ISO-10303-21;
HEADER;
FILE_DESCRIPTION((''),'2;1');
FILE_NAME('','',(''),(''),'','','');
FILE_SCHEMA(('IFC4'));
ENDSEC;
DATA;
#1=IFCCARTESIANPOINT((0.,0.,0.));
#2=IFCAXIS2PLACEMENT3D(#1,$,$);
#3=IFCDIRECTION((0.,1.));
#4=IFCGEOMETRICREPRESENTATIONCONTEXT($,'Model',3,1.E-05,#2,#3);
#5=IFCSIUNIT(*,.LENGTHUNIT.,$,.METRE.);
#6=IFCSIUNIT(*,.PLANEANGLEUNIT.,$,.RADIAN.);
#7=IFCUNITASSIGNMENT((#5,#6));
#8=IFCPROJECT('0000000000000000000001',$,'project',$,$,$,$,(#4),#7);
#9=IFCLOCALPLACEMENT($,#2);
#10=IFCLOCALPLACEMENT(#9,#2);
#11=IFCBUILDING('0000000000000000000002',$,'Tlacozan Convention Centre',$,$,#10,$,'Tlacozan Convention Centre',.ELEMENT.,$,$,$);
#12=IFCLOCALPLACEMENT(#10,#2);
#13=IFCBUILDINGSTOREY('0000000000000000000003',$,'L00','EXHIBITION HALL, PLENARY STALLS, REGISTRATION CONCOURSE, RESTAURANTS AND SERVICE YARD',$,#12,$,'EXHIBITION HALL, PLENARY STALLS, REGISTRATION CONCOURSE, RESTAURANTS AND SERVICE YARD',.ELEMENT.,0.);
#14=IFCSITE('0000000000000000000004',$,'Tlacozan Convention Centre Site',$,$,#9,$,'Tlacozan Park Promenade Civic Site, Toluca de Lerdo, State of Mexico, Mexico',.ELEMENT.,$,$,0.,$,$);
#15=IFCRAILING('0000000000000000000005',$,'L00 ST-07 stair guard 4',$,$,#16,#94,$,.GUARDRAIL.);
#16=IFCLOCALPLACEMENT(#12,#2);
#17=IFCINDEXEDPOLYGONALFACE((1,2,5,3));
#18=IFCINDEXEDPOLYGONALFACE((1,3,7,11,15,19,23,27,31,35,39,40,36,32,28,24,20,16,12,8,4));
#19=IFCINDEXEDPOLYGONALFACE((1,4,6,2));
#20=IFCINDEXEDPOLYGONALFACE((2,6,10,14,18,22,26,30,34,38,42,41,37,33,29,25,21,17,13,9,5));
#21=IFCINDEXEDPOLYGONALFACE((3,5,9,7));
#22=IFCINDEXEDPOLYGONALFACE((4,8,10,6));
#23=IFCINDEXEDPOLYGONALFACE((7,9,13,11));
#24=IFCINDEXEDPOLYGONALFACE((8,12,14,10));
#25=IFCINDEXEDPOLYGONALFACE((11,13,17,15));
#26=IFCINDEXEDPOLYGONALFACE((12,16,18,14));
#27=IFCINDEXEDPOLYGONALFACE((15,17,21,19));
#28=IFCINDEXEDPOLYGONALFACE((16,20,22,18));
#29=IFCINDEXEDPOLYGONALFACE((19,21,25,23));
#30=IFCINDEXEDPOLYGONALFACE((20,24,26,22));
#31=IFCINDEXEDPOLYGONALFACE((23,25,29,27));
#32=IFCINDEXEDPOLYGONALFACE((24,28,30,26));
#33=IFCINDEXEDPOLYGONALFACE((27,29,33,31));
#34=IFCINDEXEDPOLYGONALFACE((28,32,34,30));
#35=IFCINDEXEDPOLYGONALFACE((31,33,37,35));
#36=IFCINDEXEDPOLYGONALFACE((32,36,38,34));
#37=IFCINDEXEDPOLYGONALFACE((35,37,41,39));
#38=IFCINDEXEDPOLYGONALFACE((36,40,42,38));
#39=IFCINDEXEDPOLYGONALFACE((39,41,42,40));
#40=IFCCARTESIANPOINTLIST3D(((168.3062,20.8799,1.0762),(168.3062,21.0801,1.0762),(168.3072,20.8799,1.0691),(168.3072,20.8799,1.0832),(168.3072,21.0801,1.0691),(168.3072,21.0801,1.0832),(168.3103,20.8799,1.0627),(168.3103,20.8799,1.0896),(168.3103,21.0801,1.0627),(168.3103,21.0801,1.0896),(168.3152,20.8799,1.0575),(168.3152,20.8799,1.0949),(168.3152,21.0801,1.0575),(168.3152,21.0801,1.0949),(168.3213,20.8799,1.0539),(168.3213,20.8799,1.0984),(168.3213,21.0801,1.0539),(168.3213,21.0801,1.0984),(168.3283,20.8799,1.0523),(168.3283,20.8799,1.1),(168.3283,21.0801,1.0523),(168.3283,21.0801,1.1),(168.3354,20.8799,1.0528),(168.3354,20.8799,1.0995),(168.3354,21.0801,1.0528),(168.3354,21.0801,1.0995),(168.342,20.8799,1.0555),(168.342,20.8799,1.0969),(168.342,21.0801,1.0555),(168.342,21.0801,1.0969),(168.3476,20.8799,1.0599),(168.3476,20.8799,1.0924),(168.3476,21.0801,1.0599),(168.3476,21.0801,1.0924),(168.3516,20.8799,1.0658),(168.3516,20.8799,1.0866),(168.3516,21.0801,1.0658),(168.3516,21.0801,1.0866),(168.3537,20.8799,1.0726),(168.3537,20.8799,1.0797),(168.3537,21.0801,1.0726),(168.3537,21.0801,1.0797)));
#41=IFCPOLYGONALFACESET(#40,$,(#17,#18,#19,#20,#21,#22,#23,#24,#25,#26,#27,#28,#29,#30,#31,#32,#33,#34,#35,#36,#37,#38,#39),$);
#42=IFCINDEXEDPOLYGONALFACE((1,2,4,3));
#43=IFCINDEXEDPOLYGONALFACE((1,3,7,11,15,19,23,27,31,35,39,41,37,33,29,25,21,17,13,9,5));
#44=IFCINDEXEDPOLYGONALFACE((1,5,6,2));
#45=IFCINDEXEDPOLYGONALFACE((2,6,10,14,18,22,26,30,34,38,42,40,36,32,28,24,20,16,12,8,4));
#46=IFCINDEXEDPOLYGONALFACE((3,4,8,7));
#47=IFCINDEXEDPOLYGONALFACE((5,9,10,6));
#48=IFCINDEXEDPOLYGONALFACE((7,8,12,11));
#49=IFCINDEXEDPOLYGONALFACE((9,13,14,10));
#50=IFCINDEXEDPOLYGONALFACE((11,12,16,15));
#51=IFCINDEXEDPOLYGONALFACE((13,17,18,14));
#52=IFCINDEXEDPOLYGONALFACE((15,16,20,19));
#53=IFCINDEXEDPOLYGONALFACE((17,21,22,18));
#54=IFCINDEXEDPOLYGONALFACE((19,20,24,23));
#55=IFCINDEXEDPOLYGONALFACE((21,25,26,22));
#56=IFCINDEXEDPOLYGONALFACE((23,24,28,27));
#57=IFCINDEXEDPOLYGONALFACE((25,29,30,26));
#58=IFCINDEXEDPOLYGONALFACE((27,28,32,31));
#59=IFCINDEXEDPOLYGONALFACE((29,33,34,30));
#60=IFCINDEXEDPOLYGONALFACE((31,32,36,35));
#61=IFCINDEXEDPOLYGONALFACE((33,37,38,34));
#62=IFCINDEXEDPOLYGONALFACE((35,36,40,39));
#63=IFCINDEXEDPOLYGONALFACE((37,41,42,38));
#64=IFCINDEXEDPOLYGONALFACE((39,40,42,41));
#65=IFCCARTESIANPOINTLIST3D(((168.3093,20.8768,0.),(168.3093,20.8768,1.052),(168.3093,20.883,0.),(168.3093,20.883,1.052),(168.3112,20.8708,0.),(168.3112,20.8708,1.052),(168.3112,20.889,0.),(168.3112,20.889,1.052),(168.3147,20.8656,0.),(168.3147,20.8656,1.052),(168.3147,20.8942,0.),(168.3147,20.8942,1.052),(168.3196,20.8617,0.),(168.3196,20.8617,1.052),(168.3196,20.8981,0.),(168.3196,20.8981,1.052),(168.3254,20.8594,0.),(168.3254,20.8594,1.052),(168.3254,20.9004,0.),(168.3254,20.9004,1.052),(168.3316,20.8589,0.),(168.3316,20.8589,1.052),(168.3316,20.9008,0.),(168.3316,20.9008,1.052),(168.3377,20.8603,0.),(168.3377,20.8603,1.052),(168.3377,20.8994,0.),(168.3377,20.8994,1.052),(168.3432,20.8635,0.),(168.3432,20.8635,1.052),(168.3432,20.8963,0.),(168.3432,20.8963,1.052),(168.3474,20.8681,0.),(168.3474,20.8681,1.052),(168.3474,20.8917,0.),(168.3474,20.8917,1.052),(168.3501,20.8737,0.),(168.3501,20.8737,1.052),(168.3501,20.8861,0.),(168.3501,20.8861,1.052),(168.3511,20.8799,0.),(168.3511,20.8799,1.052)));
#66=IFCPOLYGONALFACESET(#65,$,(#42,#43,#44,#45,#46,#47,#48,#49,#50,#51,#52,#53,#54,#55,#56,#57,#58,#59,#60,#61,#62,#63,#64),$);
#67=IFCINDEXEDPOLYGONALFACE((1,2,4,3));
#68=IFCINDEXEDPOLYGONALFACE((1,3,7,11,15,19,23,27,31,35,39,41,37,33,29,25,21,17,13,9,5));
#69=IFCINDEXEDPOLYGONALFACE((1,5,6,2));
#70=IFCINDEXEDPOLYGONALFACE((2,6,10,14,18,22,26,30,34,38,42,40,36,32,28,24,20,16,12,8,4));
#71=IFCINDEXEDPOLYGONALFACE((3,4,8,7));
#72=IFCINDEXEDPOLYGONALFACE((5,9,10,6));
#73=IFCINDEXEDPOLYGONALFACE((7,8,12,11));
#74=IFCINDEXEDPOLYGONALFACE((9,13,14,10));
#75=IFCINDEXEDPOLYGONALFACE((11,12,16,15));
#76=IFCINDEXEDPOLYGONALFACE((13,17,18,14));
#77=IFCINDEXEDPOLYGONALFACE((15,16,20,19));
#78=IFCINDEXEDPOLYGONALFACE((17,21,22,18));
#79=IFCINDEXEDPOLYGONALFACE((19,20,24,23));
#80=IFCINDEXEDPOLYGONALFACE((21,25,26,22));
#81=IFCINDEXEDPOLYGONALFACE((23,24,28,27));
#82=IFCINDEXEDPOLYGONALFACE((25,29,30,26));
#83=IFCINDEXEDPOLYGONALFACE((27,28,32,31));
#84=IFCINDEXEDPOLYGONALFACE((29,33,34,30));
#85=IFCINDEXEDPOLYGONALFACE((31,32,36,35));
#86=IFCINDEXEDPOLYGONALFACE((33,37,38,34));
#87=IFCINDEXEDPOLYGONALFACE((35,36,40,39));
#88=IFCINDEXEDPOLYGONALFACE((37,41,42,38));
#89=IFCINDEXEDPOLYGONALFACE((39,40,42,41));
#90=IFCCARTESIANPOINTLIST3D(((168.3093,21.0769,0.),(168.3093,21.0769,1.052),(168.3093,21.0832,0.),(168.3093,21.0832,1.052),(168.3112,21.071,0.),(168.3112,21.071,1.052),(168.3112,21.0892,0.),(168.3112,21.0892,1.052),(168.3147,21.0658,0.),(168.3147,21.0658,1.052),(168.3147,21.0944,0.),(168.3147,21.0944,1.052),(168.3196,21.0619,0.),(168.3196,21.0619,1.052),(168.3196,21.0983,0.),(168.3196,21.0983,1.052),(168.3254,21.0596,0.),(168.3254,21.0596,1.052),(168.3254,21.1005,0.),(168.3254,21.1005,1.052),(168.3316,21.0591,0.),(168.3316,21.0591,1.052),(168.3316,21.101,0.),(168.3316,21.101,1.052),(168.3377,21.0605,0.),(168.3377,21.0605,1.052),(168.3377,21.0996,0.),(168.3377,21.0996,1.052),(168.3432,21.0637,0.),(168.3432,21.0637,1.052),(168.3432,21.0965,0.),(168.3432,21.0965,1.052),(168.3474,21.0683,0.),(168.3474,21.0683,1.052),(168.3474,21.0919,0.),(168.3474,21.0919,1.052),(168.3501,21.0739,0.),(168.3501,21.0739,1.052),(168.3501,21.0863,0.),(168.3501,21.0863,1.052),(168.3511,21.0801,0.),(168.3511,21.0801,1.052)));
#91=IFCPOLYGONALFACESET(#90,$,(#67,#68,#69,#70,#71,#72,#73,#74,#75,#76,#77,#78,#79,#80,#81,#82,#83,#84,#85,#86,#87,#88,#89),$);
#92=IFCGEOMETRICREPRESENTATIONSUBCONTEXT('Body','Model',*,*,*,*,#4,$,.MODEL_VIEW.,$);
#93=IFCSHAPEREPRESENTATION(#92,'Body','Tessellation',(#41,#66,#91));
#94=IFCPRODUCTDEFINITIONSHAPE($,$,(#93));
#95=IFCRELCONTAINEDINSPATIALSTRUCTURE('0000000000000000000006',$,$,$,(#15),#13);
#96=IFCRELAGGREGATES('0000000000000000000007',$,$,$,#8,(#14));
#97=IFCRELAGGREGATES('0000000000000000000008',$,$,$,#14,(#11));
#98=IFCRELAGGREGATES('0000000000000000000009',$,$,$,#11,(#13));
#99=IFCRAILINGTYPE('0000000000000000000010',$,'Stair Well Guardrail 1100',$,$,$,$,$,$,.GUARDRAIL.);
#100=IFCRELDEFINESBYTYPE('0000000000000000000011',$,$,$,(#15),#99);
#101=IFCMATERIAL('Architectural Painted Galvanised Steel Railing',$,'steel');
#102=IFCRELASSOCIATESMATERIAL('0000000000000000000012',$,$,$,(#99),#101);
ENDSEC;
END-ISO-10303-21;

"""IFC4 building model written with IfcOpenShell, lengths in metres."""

from ifc_helpers import new_model, si_unit, direction, frame, origin, origin_2d, place, context, subcontext, project, spatial, circle, extrude, material, type_object, element, save


model = new_model("IFC4")

# Units and contexts
model_context = context("Model", 3, precision=1e-05, world=origin(), true_north=direction((0.0, 1.0)))
body_context = subcontext(model_context, "Body", "Model", "MODEL_VIEW")
ifc_project = project(units=[si_unit("LENGTHUNIT", "METRE"), si_unit("PLANEANGLEUNIT", "RADIAN")], contexts=[model_context])

# Site, building, storey
site_placement = place(None, origin())
site = spatial("IfcSite", under=ifc_project, at=site_placement, Name="Tlacozan Convention Centre Site", LongName="Tlacozan Park Promenade Civic Site, Toluca de Lerdo, State of Mexico, Mexico", CompositionType="ELEMENT", RefElevation=0.0)
building_placement = place(site_placement, origin())
building = spatial("IfcBuilding", under=site, at=building_placement, Name="Tlacozan Convention Centre", LongName="Tlacozan Convention Centre", CompositionType="ELEMENT")
storey_placement = place(building_placement, origin())
storey = spatial("IfcBuildingStorey", under=building, at=storey_placement, Name="L00", Description="EXHIBITION HALL, PLENARY STALLS, REGISTRATION CONCOURSE, RESTAURANTS AND SERVICE YARD", LongName="EXHIBITION HALL, PLENARY STALLS, REGISTRATION CONCOURSE, RESTAURANTS AND SERVICE YARD", CompositionType="ELEMENT", Elevation=0.0)

# Railing
ifc_material_1 = material(Name="Architectural Painted Galvanised Steel Railing", Category="steel")
railing_type_1 = type_object("IfcRailingType", Name="Stair Well Guardrail 1100", PredefinedType="GUARDRAIL", material=ifc_material_1)
railing_1_placement = place(storey_placement, frame((168.3301, 20.8799, 0.0)))
element("IfcRailing", 1, at=railing_1_placement, inside=storey, type_object=railing_type_1, Name="L00 ST-07 stair guard 4", PredefinedType="GUARDRAIL", context=body_context, shape_type="SweptSolid", body=[
    extrude(circle(Radius=0.0239, at=origin_2d()), frame((0.0, 0.0, 1.0762), z_axis=(0.0, 1.0, 0.0), x_axis=(-1.0, 0.0, 0.0)), (0.0, 0.0, 1.0), 0.2002),
    extrude(circle(Radius=0.021, at=origin_2d()), origin(), (0.0, 0.0, 1.0), 1.052),
    extrude(circle(Radius=0.021, at=origin_2d()), frame((0.0, 0.2002, 0.0)), (0.0, 0.0, 1.0), 1.052),
])

save(model, "model.ifc")
